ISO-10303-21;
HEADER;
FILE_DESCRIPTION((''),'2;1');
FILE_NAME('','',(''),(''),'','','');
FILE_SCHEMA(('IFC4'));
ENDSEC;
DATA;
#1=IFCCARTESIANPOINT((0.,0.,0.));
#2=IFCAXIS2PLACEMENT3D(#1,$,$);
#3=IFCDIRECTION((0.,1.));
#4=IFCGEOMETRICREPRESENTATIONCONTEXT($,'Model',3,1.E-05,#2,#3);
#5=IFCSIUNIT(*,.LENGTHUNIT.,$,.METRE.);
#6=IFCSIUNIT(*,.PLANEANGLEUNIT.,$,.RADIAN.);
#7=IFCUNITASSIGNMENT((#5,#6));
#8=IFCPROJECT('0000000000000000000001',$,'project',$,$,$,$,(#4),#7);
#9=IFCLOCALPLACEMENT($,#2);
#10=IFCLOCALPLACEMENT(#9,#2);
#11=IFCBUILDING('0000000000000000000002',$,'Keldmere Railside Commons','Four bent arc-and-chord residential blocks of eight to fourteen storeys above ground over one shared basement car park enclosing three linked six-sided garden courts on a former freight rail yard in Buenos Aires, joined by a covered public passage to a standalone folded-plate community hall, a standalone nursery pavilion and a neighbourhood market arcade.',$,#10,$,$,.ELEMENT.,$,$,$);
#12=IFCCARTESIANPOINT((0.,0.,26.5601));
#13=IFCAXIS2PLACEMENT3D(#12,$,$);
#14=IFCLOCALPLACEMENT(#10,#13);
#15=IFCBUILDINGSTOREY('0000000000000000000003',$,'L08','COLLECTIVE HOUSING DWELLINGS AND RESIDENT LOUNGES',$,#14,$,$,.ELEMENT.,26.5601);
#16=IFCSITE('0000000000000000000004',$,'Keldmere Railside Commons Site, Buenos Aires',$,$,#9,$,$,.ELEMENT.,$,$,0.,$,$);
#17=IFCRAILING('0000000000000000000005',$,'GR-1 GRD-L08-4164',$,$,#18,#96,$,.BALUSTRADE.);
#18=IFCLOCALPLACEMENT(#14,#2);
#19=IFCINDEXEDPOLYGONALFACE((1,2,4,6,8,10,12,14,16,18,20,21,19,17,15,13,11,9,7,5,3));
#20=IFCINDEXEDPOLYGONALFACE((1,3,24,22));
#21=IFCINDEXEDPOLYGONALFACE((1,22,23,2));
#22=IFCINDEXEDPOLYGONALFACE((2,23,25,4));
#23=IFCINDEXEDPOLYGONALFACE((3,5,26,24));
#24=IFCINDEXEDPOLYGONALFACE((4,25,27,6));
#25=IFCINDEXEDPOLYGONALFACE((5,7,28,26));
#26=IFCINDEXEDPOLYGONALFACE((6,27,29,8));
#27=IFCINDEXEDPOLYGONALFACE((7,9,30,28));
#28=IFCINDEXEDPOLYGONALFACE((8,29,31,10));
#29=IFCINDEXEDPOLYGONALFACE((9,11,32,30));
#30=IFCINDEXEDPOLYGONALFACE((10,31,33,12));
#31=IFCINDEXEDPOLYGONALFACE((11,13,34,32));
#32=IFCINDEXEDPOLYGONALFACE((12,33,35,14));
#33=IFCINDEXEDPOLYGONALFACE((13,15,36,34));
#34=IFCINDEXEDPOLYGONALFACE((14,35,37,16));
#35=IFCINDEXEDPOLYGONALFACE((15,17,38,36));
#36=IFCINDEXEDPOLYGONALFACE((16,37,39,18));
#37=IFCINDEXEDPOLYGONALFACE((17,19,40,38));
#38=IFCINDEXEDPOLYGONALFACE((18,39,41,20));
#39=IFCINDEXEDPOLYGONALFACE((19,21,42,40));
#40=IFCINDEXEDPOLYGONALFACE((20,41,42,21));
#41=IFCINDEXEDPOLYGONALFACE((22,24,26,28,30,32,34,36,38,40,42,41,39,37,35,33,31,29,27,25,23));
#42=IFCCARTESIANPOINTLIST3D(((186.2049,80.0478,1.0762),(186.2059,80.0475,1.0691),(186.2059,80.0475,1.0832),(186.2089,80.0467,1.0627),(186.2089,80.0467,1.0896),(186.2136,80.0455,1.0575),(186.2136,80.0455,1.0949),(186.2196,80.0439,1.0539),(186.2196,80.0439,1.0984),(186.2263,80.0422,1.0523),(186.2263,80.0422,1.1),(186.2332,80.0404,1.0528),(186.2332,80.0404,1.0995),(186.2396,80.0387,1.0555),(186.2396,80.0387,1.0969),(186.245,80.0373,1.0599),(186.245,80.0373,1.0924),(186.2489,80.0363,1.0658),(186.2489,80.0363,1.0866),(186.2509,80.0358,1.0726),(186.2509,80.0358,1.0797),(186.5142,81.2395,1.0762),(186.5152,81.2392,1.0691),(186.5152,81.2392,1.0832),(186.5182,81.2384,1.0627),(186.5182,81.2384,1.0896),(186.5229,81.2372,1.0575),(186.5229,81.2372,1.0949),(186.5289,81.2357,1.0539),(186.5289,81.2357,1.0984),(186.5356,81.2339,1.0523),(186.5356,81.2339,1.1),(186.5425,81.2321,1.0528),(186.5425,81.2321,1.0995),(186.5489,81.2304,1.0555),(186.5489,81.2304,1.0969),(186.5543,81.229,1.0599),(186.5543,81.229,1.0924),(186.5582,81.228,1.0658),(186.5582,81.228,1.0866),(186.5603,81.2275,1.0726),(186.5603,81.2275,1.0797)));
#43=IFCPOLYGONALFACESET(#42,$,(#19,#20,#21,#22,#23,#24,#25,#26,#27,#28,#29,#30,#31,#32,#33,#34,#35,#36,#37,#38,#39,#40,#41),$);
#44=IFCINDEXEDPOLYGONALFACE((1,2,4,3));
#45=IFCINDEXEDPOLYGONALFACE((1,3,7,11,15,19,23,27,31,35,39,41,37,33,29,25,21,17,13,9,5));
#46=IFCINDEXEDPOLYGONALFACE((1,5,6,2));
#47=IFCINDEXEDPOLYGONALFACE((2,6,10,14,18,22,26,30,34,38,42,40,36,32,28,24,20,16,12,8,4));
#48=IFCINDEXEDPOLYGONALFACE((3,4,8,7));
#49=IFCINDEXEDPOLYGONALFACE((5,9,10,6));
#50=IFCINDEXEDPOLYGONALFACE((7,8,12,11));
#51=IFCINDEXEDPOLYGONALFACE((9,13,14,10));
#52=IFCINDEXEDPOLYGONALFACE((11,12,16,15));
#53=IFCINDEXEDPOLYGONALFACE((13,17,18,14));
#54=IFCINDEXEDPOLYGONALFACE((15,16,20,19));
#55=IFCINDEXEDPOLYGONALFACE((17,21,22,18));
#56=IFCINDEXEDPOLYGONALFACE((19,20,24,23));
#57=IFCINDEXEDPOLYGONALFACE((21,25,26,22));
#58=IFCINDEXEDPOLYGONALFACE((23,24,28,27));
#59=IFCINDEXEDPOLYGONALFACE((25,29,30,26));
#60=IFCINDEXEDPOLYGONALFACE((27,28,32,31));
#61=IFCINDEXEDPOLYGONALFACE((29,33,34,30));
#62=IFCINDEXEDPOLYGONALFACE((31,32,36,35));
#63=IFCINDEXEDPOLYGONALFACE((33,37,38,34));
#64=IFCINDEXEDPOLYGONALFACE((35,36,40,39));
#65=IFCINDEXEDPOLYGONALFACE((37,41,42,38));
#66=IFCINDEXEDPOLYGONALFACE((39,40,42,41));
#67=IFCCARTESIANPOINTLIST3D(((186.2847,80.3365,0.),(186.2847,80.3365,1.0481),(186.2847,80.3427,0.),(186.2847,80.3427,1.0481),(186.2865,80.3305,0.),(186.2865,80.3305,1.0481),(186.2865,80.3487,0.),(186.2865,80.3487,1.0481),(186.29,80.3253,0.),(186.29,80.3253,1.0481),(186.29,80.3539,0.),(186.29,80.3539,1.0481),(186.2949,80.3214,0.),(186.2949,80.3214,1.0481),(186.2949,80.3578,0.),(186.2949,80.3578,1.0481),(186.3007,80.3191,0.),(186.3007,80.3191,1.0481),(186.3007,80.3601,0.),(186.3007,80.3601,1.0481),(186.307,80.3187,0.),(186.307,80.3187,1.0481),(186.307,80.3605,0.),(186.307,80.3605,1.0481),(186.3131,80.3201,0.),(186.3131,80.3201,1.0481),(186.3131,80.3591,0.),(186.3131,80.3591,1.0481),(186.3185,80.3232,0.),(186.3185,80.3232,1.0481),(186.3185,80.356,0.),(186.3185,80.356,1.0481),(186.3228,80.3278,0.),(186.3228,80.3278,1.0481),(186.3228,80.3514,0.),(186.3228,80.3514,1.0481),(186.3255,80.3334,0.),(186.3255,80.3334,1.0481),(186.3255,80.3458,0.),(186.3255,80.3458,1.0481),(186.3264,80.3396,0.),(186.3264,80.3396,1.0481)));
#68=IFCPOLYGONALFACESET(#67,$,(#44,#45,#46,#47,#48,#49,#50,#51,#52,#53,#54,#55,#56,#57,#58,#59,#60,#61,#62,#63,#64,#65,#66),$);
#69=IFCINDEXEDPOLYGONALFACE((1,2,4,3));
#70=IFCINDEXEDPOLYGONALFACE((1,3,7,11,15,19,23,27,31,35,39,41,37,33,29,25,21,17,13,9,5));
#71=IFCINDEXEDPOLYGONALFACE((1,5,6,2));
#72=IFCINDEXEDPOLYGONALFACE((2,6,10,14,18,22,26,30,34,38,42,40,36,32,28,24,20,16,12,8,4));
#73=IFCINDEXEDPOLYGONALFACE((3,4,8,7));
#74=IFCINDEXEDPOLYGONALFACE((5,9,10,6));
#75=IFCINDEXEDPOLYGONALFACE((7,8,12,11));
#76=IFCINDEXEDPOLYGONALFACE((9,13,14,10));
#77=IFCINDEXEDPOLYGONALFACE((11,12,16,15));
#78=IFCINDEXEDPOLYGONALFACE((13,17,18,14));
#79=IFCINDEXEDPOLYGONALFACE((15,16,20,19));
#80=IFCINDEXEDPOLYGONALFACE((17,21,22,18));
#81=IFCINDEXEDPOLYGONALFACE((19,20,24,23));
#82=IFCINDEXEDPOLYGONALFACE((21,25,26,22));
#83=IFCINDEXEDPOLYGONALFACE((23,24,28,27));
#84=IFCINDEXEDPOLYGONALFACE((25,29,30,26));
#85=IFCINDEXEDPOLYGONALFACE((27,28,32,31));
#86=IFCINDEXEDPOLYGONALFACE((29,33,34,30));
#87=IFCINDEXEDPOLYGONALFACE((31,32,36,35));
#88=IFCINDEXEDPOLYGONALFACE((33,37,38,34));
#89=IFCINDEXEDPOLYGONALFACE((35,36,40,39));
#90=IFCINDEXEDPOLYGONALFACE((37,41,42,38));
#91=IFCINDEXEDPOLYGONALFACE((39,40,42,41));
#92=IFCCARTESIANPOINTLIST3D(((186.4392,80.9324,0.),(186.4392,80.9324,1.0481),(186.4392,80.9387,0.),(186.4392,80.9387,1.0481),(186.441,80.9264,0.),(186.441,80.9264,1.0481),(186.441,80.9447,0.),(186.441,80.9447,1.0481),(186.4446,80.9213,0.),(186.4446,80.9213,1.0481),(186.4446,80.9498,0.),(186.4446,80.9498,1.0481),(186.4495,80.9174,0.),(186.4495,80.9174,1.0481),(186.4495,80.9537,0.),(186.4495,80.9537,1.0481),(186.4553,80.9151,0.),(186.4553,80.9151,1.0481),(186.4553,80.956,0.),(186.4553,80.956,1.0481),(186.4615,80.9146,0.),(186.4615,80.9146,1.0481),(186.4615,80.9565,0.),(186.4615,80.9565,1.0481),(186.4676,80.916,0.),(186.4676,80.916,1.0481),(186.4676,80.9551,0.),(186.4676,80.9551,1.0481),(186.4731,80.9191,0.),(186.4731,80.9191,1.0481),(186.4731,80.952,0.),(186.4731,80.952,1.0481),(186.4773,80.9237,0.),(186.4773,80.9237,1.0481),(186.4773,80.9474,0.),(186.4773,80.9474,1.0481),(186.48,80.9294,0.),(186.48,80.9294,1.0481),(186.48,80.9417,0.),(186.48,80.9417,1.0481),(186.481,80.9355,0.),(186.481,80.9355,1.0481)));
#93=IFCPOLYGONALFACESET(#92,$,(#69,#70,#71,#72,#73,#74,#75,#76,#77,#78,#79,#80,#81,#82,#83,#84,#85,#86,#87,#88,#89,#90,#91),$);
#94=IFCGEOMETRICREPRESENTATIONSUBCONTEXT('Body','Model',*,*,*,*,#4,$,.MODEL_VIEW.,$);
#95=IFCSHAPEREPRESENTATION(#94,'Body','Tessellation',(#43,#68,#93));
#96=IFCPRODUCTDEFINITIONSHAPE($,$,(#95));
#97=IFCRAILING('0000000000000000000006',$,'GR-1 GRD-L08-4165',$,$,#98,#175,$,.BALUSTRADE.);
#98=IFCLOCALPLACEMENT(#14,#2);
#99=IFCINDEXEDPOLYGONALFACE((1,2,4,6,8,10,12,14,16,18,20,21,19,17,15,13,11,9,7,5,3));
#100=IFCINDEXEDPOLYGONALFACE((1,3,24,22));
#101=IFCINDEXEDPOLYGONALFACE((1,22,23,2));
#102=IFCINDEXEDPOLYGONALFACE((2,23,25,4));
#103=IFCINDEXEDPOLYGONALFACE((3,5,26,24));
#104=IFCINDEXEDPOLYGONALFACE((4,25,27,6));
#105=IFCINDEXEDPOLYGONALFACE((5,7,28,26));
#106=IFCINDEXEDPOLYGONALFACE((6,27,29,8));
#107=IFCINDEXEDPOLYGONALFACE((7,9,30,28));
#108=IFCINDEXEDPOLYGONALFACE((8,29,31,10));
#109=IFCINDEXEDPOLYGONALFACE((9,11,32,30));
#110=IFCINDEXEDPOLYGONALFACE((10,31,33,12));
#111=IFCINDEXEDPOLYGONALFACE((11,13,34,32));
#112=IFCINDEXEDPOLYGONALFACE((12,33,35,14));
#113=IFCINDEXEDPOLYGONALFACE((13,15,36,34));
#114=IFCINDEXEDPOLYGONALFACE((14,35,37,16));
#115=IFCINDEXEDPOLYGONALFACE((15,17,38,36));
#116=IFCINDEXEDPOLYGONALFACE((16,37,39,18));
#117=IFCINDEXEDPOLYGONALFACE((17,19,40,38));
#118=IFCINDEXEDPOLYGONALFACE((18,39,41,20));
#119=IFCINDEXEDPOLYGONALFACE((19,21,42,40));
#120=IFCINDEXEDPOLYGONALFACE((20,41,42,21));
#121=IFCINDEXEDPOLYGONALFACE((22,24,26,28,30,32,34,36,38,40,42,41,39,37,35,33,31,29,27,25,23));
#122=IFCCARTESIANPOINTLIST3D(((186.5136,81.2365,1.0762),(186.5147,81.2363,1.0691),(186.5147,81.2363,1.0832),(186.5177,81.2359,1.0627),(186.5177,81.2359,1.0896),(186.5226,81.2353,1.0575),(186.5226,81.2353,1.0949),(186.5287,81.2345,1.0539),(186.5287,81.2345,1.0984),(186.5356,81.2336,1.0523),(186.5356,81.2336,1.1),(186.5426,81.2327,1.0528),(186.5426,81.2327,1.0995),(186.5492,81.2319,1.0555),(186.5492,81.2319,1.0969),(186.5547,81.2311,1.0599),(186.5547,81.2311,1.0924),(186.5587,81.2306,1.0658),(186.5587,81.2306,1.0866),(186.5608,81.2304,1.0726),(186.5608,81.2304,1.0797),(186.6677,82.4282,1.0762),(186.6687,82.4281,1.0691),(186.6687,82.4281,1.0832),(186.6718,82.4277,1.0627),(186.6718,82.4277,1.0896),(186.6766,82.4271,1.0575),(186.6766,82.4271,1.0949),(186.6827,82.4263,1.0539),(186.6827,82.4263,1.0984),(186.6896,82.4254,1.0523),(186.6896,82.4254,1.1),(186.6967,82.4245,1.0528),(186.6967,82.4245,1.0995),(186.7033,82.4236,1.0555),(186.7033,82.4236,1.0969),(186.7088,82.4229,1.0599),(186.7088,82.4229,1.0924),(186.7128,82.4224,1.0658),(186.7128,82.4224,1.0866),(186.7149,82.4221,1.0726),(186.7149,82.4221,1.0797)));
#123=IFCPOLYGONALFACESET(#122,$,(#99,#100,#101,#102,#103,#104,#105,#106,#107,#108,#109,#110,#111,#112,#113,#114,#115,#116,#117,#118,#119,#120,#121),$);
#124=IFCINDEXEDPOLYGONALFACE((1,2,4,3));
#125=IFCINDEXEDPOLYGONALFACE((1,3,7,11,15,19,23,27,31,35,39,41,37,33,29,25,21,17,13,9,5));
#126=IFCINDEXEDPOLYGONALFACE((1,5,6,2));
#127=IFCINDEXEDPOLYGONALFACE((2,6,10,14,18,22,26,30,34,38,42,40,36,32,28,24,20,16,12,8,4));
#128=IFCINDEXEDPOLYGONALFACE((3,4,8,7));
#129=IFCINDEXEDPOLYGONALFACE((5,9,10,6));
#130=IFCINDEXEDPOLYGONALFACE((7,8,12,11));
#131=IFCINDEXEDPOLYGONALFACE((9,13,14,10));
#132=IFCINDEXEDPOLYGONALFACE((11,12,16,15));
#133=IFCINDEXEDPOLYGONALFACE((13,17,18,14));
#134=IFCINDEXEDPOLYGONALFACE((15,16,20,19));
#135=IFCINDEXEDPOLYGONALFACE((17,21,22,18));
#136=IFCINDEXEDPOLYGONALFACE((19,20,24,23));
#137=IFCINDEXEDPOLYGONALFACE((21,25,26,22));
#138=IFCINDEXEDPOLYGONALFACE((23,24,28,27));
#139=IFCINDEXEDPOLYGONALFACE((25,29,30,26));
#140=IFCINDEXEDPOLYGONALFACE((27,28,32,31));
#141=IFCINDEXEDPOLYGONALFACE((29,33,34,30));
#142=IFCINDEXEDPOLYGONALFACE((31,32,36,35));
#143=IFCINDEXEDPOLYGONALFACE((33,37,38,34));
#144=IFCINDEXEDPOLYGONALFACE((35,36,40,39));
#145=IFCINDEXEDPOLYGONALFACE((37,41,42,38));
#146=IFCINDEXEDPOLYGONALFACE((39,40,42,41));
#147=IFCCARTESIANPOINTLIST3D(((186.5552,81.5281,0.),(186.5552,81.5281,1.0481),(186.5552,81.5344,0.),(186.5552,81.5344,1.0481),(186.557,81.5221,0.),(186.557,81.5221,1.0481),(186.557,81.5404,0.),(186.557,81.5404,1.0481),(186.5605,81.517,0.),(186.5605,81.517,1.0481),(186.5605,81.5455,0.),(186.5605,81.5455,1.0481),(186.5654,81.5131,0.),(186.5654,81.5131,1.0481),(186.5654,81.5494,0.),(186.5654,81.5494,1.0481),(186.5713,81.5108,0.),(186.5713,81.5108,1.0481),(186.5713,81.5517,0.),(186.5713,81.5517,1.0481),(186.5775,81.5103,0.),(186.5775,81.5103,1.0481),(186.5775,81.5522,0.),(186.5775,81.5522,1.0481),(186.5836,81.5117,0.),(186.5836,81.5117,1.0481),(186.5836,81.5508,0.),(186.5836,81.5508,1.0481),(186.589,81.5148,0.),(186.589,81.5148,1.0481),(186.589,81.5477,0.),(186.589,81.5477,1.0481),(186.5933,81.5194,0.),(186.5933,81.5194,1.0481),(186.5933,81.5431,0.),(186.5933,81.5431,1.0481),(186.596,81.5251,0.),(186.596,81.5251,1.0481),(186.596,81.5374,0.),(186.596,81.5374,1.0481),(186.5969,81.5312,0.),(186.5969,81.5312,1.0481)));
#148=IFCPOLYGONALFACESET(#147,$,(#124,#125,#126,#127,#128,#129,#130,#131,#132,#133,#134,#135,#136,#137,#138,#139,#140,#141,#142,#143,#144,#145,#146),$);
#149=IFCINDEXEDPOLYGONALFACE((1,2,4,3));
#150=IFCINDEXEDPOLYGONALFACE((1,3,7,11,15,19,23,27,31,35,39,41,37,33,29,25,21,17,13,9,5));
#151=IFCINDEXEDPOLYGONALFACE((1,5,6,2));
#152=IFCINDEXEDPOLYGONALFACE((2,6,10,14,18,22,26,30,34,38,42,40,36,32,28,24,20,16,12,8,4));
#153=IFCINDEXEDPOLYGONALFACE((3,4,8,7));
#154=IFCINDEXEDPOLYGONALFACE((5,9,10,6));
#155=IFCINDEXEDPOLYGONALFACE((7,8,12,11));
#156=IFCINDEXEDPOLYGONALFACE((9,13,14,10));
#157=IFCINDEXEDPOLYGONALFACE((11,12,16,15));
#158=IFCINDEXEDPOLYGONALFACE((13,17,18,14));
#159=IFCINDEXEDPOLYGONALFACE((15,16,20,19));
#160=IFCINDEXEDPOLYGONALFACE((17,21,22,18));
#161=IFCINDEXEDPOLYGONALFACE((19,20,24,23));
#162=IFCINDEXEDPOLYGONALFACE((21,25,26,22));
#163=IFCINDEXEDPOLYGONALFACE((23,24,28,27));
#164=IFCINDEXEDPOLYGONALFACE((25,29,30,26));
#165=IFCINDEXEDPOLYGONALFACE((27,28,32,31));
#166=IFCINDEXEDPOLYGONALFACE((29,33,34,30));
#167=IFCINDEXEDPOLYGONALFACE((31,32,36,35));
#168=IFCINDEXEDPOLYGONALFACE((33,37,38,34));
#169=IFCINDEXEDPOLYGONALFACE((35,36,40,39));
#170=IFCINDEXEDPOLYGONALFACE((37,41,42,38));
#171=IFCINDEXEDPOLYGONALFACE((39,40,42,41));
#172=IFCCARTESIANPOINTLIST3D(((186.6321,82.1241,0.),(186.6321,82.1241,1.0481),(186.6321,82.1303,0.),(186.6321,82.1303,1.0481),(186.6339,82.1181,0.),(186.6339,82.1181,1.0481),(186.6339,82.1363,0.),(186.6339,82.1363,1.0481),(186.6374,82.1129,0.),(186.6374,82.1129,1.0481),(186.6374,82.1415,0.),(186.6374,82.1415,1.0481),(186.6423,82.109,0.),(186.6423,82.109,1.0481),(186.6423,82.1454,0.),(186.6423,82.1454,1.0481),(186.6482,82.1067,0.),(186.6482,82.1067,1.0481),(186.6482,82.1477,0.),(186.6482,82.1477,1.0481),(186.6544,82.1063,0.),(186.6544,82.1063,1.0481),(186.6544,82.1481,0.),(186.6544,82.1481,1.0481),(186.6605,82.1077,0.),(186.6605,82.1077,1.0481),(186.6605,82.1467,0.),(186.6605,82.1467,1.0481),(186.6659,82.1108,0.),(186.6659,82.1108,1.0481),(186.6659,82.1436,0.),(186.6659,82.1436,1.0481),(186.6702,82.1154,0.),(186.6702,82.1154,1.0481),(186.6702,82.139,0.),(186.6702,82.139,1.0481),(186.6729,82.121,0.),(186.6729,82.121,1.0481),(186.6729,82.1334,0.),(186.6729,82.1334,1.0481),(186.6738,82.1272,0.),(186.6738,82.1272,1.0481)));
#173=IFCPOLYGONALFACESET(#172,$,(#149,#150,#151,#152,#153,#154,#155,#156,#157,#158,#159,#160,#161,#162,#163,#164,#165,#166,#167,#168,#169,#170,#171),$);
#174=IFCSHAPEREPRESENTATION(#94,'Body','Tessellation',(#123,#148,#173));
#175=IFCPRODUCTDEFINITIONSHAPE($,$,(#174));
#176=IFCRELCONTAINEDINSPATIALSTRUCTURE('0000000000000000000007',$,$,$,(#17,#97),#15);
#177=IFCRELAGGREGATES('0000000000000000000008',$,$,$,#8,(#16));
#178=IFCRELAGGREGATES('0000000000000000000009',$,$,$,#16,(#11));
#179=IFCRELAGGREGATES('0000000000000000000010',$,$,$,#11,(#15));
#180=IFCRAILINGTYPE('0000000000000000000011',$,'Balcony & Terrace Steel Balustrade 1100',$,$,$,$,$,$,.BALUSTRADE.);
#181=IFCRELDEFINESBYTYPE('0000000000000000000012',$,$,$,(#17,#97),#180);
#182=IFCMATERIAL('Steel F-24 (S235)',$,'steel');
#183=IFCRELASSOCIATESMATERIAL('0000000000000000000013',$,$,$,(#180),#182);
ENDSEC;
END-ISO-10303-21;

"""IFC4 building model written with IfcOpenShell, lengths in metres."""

from ifc_helpers import new_model, si_unit, direction, frame, origin, origin_2d, place, context, subcontext, project, spatial, circle, extrude, material, type_object, element, save


model = new_model("IFC4")

# Units and contexts
model_context = context("Model", 3, precision=1e-05, world=origin(), true_north=direction((0.0, 1.0)))
body_context = subcontext(model_context, "Body", "Model", "MODEL_VIEW")
ifc_project = project(units=[si_unit("LENGTHUNIT", "METRE"), si_unit("PLANEANGLEUNIT", "RADIAN")], contexts=[model_context])

# Site, building, storey
site_placement = place(None, origin())
site = spatial("IfcSite", under=ifc_project, at=site_placement, Name="Keldmere Railside Commons Site, Buenos Aires", CompositionType="ELEMENT", RefElevation=0.0)
building_placement = place(site_placement, origin())
building = spatial("IfcBuilding", under=site, at=building_placement, Name="Keldmere Railside Commons", Description="Four bent arc-and-chord residential blocks of eight to fourteen storeys above ground over one shared basement car park enclosing three linked six-sided garden courts on a former freight rail yard in Buenos Aires, joined by a covered public passage to a standalone folded-plate community hall, a standalone nursery pavilion and a neighbourhood market arcade.", CompositionType="ELEMENT")
storey_placement = place(building_placement, frame((0.0, 0.0, 26.5601)))
storey = spatial("IfcBuildingStorey", under=building, at=storey_placement, Name="L08", Description="COLLECTIVE HOUSING DWELLINGS AND RESIDENT LOUNGES", CompositionType="ELEMENT", Elevation=26.5601)

# Railings
ifc_material_1 = material(Name="Steel F-24 (S235)", Category="steel")
railing_type = type_object("IfcRailingType", Name="Balcony & Terrace Steel Balustrade 1100", PredefinedType="BALUSTRADE", material=ifc_material_1)
railing_1_placement = place(storey_placement, frame((186.228, 80.0417, 0.0)))
element("IfcRailing", 1, at=railing_1_placement, inside=storey, type_object=railing_type, Name="GR-1 GRD-L08-4164", PredefinedType="BALUSTRADE", context=body_context, shape_type="SweptSolid", body=[
    extrude(circle(Radius=0.0239, at=origin_2d()), frame((0.0, 0.0, 1.0762), z_axis=(0.251251, 0.967922, 0.0), x_axis=(-0.967922, 0.251251, 0.0)), (0.0, 0.0, 1.0), 1.2312),
    extrude(circle(Radius=0.021, at=origin_2d()), frame((0.0774, 0.2979, 0.0)), (0.0, 0.0, 1.0), 1.0481),
    extrude(circle(Radius=0.021, at=origin_2d()), frame((0.2319, 0.8938, 0.0)), (0.0, 0.0, 1.0), 1.0481),
])
railing_2_placement = place(storey_placement, frame((186.5374, 81.2334, 0.0)))
element("IfcRailing", 2, at=railing_2_placement, inside=storey, type_object=railing_type, Name="GR-1 GRD-L08-4165", PredefinedType="BALUSTRADE", context=body_context, shape_type="SweptSolid", body=[
    extrude(circle(Radius=0.0239, at=origin_2d()), frame((0.0, 0.0, 1.0762), z_axis=(0.12821, 0.991747, 0.0), x_axis=(-0.991747, 0.12821, 0.0)), (0.0, 0.0, 1.0), 1.2017),
    extrude(circle(Radius=0.021, at=origin_2d()), frame((0.0386, 0.2979, 0.0)), (0.0, 0.0, 1.0), 1.0481),
    extrude(circle(Radius=0.021, at=origin_2d()), frame((0.1155, 0.8938, 0.0)), (0.0, 0.0, 1.0), 1.0481),
])

save(model, "model.ifc")
